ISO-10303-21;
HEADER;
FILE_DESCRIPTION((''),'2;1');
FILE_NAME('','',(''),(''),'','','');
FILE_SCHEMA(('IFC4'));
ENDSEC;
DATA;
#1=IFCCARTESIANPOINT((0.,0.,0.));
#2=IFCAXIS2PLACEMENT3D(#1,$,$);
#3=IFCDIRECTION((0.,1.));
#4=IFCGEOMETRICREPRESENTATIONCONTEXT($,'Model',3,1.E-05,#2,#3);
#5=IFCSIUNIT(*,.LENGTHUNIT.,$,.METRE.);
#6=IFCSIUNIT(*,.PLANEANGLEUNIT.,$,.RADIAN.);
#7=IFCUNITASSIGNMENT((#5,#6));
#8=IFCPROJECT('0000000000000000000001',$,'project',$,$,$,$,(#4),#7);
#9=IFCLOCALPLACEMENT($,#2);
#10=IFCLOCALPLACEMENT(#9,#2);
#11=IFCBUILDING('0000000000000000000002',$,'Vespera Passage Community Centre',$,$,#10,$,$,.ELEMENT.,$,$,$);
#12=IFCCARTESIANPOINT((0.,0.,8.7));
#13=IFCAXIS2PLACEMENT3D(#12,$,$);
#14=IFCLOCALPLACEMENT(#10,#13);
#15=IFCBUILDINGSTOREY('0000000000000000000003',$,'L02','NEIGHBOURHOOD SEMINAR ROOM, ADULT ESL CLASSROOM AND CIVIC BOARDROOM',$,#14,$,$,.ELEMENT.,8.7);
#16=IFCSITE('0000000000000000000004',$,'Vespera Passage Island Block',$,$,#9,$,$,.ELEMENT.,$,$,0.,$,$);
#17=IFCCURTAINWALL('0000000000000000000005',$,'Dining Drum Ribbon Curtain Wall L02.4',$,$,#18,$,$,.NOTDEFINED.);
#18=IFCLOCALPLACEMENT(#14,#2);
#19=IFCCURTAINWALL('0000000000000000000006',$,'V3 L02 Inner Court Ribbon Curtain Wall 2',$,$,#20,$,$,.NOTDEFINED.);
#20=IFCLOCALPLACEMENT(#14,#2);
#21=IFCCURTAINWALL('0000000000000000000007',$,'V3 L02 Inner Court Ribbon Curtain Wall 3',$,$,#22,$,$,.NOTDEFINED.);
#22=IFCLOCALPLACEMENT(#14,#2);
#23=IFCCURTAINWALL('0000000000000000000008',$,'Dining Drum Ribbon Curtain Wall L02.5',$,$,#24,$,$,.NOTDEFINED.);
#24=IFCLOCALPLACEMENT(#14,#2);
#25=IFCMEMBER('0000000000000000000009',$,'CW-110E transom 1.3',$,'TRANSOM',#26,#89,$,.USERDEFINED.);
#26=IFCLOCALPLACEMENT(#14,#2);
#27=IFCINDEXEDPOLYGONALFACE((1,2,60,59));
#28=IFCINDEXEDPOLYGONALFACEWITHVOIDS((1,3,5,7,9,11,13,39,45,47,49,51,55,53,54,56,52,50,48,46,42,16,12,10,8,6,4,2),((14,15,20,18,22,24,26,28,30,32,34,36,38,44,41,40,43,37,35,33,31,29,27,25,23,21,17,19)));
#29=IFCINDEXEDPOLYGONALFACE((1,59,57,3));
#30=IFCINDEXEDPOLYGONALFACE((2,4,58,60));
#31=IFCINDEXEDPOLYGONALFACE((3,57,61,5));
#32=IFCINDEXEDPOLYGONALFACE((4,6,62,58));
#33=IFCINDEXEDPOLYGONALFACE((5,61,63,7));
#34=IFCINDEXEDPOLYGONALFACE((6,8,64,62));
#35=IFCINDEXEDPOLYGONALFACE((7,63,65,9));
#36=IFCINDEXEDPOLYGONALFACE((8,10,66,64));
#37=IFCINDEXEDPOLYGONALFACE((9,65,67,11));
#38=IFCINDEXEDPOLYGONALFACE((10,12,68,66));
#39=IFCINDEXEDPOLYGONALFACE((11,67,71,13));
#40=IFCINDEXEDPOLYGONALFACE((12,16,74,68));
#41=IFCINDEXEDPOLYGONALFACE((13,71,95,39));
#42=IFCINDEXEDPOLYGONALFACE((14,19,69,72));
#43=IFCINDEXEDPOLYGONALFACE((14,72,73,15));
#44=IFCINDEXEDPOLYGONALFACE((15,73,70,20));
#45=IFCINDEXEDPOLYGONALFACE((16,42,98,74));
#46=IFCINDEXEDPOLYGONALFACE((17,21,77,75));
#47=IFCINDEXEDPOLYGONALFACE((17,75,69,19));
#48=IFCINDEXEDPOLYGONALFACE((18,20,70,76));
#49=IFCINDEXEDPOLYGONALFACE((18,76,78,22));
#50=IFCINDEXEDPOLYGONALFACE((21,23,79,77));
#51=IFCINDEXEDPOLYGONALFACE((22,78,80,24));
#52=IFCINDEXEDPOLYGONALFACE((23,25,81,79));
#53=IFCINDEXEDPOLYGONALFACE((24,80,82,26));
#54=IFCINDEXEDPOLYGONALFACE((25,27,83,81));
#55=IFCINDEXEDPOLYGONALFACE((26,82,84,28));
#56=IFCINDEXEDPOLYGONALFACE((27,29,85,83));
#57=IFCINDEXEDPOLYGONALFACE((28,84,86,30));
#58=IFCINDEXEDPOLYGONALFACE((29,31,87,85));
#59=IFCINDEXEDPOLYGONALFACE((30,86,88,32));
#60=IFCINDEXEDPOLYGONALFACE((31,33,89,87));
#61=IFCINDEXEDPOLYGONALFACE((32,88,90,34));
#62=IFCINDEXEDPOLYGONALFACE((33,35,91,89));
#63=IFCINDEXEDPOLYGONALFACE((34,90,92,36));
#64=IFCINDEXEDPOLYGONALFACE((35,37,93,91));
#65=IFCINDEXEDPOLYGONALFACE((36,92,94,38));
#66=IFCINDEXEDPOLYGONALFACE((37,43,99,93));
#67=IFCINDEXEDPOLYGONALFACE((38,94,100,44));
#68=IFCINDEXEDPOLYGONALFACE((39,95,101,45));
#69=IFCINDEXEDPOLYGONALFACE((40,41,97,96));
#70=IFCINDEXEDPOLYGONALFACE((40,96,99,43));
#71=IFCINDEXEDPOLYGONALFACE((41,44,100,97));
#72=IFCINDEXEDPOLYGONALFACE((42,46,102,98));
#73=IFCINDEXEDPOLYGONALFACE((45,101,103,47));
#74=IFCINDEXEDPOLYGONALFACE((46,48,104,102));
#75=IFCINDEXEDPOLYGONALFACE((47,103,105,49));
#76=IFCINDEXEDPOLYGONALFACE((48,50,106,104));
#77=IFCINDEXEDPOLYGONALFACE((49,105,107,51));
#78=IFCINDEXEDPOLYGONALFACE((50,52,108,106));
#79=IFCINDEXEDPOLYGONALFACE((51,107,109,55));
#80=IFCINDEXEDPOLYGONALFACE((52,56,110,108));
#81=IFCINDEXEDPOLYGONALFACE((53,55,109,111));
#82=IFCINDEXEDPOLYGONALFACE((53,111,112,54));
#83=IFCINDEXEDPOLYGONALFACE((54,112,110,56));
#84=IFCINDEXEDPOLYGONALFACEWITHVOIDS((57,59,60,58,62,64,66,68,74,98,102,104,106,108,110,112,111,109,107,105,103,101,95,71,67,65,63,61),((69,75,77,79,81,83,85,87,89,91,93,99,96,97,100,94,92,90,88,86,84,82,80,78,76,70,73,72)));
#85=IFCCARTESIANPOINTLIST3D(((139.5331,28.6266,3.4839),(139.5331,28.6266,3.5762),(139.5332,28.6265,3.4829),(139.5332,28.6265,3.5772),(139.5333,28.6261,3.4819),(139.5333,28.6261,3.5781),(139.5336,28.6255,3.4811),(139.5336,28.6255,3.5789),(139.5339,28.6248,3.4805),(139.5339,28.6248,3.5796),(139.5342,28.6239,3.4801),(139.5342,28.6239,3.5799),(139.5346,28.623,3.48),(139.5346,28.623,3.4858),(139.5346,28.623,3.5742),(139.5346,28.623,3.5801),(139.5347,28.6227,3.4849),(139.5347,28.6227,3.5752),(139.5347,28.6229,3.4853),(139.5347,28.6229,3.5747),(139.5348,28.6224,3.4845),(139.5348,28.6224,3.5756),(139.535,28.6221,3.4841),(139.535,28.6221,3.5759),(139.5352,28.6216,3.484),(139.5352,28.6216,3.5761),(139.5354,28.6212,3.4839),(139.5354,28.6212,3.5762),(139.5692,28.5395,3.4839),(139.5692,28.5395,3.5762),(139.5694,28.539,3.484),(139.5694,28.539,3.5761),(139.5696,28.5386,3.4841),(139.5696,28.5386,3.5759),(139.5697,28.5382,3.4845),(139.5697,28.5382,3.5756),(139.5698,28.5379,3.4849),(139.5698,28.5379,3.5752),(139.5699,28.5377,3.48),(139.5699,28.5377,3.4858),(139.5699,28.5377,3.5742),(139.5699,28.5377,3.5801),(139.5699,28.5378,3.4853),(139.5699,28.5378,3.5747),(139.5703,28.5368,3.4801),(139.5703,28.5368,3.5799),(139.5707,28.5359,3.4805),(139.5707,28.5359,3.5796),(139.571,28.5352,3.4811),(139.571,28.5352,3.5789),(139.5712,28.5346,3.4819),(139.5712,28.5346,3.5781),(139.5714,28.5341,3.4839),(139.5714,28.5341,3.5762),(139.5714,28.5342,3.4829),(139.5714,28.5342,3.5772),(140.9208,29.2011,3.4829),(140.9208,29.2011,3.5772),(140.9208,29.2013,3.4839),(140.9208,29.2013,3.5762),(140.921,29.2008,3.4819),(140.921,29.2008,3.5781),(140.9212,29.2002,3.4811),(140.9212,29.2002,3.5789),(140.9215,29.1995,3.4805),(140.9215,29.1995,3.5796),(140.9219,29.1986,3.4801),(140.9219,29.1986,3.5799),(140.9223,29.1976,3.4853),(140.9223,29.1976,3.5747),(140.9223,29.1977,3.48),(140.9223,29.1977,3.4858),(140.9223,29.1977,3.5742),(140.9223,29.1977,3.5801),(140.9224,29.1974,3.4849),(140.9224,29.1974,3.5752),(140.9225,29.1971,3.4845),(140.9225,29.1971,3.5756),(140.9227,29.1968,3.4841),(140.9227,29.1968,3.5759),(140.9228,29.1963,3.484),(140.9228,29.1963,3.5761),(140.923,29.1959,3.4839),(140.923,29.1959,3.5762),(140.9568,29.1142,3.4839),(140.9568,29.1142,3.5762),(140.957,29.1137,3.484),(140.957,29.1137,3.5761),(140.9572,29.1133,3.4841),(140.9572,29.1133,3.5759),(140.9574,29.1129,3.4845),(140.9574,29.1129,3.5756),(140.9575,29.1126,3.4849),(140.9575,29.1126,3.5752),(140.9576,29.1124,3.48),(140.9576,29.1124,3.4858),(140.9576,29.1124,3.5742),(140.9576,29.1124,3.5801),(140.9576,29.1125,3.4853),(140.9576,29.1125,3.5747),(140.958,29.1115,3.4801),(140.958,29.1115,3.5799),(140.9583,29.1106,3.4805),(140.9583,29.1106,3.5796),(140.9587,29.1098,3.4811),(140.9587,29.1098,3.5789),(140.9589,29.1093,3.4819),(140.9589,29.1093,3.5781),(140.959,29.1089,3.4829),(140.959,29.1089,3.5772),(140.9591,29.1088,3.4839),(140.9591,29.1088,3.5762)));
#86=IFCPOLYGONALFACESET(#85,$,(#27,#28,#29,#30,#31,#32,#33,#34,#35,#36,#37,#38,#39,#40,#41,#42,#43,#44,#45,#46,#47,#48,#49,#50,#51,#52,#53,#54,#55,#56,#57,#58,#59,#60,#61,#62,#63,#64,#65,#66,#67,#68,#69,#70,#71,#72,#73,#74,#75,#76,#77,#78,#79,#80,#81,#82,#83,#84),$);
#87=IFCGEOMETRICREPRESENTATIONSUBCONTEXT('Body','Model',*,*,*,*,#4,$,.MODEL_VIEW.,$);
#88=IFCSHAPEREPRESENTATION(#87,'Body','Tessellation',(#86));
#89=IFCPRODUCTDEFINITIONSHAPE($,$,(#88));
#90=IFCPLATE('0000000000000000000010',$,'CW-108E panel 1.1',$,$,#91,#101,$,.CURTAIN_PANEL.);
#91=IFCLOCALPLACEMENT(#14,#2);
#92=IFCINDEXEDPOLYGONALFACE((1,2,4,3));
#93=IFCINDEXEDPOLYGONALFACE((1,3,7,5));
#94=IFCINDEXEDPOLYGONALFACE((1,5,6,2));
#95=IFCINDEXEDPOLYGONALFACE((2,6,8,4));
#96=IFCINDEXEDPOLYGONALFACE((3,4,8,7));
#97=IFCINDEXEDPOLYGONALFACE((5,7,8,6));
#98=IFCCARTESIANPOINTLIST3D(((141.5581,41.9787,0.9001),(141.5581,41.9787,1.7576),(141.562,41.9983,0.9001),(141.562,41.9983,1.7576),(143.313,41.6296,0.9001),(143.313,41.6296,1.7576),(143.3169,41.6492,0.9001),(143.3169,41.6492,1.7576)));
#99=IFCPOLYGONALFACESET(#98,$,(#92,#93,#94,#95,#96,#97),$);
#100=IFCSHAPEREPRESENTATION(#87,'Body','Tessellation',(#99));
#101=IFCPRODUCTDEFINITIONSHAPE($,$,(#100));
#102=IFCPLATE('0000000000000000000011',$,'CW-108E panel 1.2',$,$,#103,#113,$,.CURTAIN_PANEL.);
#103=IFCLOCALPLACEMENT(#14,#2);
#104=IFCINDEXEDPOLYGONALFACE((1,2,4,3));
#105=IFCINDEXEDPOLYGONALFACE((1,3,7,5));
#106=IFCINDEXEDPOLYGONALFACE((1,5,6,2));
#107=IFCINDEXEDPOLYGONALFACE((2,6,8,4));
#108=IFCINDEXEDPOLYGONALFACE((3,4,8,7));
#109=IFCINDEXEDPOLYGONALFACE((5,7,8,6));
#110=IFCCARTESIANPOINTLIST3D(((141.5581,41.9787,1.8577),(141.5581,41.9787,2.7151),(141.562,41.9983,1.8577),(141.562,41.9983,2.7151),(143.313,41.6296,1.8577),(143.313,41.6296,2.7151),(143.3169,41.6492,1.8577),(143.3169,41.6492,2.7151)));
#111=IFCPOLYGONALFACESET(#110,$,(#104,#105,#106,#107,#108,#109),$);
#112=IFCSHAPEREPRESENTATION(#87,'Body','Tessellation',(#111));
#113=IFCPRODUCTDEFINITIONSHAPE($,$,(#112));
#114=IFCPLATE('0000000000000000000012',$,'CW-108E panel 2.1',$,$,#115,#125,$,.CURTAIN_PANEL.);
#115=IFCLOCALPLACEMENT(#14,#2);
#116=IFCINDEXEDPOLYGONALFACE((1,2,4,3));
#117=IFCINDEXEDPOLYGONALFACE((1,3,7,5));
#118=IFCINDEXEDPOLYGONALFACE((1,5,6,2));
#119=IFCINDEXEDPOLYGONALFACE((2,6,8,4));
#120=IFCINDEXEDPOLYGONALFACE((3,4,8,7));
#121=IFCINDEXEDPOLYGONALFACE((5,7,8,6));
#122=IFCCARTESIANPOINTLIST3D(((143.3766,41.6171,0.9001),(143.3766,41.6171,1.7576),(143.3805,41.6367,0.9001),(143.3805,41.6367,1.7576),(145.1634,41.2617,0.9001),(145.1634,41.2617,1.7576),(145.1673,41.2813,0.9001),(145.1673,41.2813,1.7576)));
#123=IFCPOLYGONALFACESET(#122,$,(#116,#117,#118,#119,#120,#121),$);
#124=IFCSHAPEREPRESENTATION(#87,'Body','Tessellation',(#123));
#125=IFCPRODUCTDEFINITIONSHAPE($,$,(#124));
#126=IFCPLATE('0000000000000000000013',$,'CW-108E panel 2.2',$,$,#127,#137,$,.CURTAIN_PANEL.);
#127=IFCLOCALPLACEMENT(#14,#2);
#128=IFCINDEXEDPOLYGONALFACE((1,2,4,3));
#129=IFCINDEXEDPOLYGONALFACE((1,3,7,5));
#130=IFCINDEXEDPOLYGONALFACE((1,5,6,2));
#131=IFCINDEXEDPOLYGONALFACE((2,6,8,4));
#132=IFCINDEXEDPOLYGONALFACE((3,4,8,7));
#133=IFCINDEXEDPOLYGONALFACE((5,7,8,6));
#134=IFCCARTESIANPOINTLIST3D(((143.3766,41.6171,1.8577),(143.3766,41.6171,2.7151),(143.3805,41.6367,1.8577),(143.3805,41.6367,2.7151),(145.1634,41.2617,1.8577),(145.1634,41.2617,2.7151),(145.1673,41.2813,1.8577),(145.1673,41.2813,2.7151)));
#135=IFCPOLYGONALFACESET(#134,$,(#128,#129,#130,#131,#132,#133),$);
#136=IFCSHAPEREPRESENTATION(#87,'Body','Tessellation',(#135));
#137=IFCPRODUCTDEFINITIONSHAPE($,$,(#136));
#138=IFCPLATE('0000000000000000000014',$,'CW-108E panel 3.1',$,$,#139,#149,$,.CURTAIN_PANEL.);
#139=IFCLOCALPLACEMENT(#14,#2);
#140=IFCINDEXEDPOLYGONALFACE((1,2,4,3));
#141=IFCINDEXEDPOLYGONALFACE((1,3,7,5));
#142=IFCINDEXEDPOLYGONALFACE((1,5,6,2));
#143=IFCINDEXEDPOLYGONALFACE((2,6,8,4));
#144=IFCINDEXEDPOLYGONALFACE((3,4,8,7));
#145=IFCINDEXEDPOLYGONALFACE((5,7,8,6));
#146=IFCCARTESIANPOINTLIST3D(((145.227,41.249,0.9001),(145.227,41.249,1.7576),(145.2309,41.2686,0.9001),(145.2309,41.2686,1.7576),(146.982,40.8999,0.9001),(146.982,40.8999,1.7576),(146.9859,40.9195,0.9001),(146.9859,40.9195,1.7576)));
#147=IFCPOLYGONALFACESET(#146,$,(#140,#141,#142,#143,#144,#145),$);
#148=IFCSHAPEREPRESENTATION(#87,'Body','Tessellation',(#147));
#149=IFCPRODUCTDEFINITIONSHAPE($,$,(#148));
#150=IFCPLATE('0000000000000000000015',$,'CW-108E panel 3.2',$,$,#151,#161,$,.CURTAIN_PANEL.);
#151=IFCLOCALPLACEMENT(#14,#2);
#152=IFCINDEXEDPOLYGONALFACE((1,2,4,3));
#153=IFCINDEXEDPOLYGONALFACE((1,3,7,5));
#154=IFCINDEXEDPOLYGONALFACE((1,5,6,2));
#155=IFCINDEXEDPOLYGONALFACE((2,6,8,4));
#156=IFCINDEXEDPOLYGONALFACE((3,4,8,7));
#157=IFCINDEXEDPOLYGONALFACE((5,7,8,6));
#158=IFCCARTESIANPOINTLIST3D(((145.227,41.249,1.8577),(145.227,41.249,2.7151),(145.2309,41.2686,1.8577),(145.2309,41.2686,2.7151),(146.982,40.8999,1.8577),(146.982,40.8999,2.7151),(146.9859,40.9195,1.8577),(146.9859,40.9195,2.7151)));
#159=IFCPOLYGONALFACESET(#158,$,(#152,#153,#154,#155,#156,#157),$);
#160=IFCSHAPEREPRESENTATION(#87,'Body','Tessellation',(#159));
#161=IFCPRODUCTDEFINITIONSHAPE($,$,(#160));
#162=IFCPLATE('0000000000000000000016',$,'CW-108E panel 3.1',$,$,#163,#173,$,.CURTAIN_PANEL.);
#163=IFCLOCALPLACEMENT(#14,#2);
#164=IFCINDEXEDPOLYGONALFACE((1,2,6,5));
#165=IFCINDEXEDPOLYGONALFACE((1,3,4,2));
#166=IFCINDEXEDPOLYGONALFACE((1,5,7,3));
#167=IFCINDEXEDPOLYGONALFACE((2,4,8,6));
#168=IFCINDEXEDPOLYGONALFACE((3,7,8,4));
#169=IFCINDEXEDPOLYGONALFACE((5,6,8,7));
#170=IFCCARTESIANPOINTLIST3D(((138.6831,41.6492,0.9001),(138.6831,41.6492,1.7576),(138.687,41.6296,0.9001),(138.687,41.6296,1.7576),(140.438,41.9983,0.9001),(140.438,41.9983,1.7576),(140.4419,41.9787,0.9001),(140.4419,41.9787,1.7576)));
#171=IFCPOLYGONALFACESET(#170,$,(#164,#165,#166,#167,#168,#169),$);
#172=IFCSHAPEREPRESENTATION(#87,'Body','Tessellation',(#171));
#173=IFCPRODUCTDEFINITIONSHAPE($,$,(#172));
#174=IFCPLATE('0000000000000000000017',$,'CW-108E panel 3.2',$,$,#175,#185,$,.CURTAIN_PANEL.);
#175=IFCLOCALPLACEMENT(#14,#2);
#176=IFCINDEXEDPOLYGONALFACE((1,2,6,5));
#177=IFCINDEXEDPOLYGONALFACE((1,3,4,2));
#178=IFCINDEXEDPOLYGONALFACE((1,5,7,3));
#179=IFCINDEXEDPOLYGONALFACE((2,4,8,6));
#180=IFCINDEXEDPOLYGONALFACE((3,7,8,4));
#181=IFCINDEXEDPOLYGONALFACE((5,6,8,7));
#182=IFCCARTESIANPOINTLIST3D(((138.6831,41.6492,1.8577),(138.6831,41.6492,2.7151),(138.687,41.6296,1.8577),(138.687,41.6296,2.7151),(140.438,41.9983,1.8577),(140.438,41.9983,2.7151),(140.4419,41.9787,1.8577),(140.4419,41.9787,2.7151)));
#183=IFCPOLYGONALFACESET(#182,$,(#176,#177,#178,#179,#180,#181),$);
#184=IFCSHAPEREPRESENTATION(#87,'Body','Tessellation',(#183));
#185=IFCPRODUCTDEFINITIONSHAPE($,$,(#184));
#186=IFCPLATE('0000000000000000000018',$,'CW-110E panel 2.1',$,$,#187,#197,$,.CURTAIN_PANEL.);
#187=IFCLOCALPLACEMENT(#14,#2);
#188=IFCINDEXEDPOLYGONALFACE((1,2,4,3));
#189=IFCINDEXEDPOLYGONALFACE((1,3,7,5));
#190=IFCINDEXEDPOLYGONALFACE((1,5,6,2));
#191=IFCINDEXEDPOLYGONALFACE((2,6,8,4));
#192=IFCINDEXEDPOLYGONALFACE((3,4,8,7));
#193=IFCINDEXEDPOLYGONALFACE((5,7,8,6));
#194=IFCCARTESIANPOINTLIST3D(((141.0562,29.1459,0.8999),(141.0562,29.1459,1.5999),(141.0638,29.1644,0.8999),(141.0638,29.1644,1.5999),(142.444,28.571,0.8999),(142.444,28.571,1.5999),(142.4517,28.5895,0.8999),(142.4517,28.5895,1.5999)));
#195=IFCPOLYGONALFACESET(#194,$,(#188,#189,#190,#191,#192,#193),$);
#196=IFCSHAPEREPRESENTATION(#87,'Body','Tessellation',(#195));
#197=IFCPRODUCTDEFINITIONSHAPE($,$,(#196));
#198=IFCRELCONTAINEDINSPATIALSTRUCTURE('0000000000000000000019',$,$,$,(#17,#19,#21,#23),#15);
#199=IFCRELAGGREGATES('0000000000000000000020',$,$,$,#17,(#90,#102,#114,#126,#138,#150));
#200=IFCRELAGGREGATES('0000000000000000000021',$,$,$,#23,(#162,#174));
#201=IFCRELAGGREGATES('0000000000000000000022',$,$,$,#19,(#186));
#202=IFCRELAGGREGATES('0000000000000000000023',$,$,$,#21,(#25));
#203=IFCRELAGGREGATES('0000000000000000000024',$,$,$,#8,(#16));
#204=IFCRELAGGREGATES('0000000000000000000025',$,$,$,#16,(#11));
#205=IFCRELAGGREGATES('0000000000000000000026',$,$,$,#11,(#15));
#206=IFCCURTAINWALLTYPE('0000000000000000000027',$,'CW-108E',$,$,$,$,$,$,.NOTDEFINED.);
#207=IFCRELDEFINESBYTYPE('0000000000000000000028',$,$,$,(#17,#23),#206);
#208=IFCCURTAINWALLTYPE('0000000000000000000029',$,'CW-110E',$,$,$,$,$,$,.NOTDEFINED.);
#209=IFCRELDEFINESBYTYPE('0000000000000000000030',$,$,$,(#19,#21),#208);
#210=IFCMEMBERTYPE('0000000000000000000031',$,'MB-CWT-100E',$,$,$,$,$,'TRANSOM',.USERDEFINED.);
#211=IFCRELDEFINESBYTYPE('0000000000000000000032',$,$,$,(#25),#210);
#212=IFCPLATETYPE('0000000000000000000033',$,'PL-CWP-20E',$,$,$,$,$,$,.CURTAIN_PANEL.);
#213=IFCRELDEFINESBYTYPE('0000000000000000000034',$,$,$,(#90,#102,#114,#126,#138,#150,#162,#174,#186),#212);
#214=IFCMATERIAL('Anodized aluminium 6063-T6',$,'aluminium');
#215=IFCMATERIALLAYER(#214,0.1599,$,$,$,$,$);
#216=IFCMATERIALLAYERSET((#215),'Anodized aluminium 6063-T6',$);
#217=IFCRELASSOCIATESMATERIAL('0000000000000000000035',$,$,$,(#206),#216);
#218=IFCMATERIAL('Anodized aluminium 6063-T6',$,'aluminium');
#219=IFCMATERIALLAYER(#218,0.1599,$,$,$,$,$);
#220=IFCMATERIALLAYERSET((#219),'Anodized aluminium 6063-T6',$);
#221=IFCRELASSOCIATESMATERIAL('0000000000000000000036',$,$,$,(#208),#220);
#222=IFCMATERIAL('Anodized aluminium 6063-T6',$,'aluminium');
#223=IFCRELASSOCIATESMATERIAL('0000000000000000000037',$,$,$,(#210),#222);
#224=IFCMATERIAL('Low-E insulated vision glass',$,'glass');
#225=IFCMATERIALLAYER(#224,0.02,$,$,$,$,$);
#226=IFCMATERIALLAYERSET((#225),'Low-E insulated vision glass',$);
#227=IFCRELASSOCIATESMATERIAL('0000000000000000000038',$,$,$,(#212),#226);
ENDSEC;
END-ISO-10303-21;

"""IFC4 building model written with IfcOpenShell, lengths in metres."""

from ifc_helpers import new_model, si_unit, direction, frame, origin, origin_2d, place, context, subcontext, project, spatial, rectangle, hollow_rectangle, extrude, material, layer, layer_set, material_profile, profile_set, type_object, element, aggregate, save


model = new_model("IFC4")

# Units and contexts
model_context = context("Model", 3, precision=1e-05, world=origin(), true_north=direction((0.0, 1.0)))
body_context = subcontext(model_context, "Body", "Model", "MODEL_VIEW")
ifc_project = project(units=[si_unit("LENGTHUNIT", "METRE"), si_unit("PLANEANGLEUNIT", "RADIAN")], contexts=[model_context])

# Site, building, storey
site_placement = place(None, origin())
site = spatial("IfcSite", under=ifc_project, at=site_placement, Name="Vespera Passage Island Block", CompositionType="ELEMENT", RefElevation=0.0)
building_placement = place(site_placement, origin())
building = spatial("IfcBuilding", under=site, at=building_placement, Name="Vespera Passage Community Centre", CompositionType="ELEMENT")
storey_placement = place(building_placement, frame((0.0, 0.0, 8.7)))
storey = spatial("IfcBuildingStorey", under=building, at=storey_placement, Name="L02", Description="NEIGHBOURHOOD SEMINAR ROOM, ADULT ESL CLASSROOM AND CIVIC BOARDROOM", CompositionType="ELEMENT", Elevation=8.7)

# Curtain wall
ifc_material_1 = material(Name="Anodized aluminium 6063-T6", Category="aluminium")
ifc_layer_1 = layer(ifc_material_1, 0.1599)
ifc_layer_set_1 = layer_set([ifc_layer_1], Name="Anodized aluminium 6063-T6")
curtain_wall_type_1 = type_object("IfcCurtainWallType", Name="CW-108E", PredefinedType="NOTDEFINED", material=ifc_layer_set_1)
curtain_wall_1_placement = place(storey_placement, origin())
curtain_wall_1 = element("IfcCurtainWall", 1, at=curtain_wall_1_placement, inside=storey, type_object=curtain_wall_type_1, Name="Dining Drum Ribbon Curtain Wall L02.4", PredefinedType="NOTDEFINED")

# Curtain walls
ifc_material_2 = material(Name="Anodized aluminium 6063-T6", Category="aluminium")
ifc_layer_2 = layer(ifc_material_2, 0.1599)
ifc_layer_set_2 = layer_set([ifc_layer_2], Name="Anodized aluminium 6063-T6")
curtain_wall_type_2 = type_object("IfcCurtainWallType", Name="CW-110E", PredefinedType="NOTDEFINED", material=ifc_layer_set_2)
curtain_wall_2_placement = place(storey_placement, origin())
curtain_wall_2 = element("IfcCurtainWall", 2, at=curtain_wall_2_placement, inside=storey, type_object=curtain_wall_type_2, Name="V3 L02 Inner Court Ribbon Curtain Wall 2", PredefinedType="NOTDEFINED")
curtain_wall_3_placement = place(storey_placement, origin())
curtain_wall_3 = element("IfcCurtainWall", 3, at=curtain_wall_3_placement, inside=storey, type_object=curtain_wall_type_2, Name="V3 L02 Inner Court Ribbon Curtain Wall 3", PredefinedType="NOTDEFINED")

# Shared definitions
ifc_material_3 = material(Name="Anodized aluminium 6063-T6", Category="aluminium")
ifc_material_profile_1 = material_profile(ifc_material_3, hollow_rectangle(XDim=0.1001, YDim=0.1001, WallThickness=0.0039, InnerFilletRadius=0.002, OuterFilletRadius=0.0039, at=origin_2d()), Name="ALU100X100X4")
ifc_profile_set_1 = profile_set([ifc_material_profile_1], Name="Anodized aluminium 6063-T6")
member_type_1 = type_object("IfcMemberType", Name="MB-CWT-100E", ElementType="TRANSOM", PredefinedType="USERDEFINED", material=ifc_profile_set_1)

# Curtain wall
curtain_wall_4_placement = place(storey_placement, origin())
curtain_wall_4 = element("IfcCurtainWall", 4, at=curtain_wall_4_placement, inside=storey, type_object=curtain_wall_type_1, Name="Dining Drum Ribbon Curtain Wall L02.5", PredefinedType="NOTDEFINED")

# Member
member_1_placement = place(storey_placement, frame((140.9399, 29.155, 3.53), z_axis=(-0.923902, -0.382629, 0.0), x_axis=(0.382629, -0.923902, 0.0)))
member_1 = element("IfcMember", 5, at=member_1_placement, type_object=member_type_1, Name="CW-110E transom 1.3", ObjectType="TRANSOM", PredefinedType="USERDEFINED", context=body_context, shape_type="SweptSolid", body=[
    extrude(hollow_rectangle(XDim=0.1001, YDim=0.1001, WallThickness=0.0039, InnerFilletRadius=0.002, OuterFilletRadius=0.0039, at=origin_2d()), origin(), (0.0, 0.0, 1.0), 1.502),
])

# Plates
ifc_material_4 = material(Name="Low-E insulated vision glass", Category="glass")
ifc_layer_3 = layer(ifc_material_4, 0.02)
ifc_layer_set_3 = layer_set([ifc_layer_3], Name="Low-E insulated vision glass")
plate_type = type_object("IfcPlateType", Name="PL-CWP-20E", PredefinedType="CURTAIN_PANEL", material=ifc_layer_set_3)
plate_1_placement = place(storey_placement, frame((142.4375, 41.814, 0.9001), z_axis=(0.0, 0.0, 1.0), x_axis=(0.980784, -0.195097, 0.0)))
plate_1 = element("IfcPlate", 6, at=plate_1_placement, type_object=plate_type, Name="CW-108E panel 1.1", PredefinedType="CURTAIN_PANEL", context=body_context, shape_type="SweptSolid", body=[
    extrude(rectangle(XDim=1.7893, YDim=0.02, at=origin_2d()), origin(), (0.0, 0.0, 1.0), 0.8574),
])
plate_2_placement = place(storey_placement, frame((142.4375, 41.814, 1.8577), z_axis=(0.0, 0.0, 1.0), x_axis=(0.980784, -0.195097, 0.0)))
plate_2 = element("IfcPlate", 7, at=plate_2_placement, type_object=plate_type, Name="CW-108E panel 1.2", PredefinedType="CURTAIN_PANEL", context=body_context, shape_type="SweptSolid", body=[
    extrude(rectangle(XDim=1.7893, YDim=0.02, at=origin_2d()), origin(), (0.0, 0.0, 1.0), 0.8574),
])
plate_3_placement = place(storey_placement, frame((144.272, 41.4492, 0.9001), z_axis=(0.0, 0.0, 1.0), x_axis=(0.980784, -0.195097, 0.0)))
plate_3 = element("IfcPlate", 8, at=plate_3_placement, type_object=plate_type, Name="CW-108E panel 2.1", PredefinedType="CURTAIN_PANEL", context=body_context, shape_type="SweptSolid", body=[
    extrude(rectangle(XDim=1.8218, YDim=0.02, at=origin_2d()), origin(), (0.0, 0.0, 1.0), 0.8574),
])
plate_4_placement = place(storey_placement, frame((144.272, 41.4492, 1.8577), z_axis=(0.0, 0.0, 1.0), x_axis=(0.980784, -0.195097, 0.0)))
plate_4 = element("IfcPlate", 9, at=plate_4_placement, type_object=plate_type, Name="CW-108E panel 2.2", PredefinedType="CURTAIN_PANEL", context=body_context, shape_type="SweptSolid", body=[
    extrude(rectangle(XDim=1.8218, YDim=0.02, at=origin_2d()), origin(), (0.0, 0.0, 1.0), 0.8574),
])
plate_5_placement = place(storey_placement, frame((146.1064, 41.0842, 0.9001), z_axis=(0.0, 0.0, 1.0), x_axis=(0.980784, -0.195097, 0.0)))
plate_5 = element("IfcPlate", 10, at=plate_5_placement, type_object=plate_type, Name="CW-108E panel 3.1", PredefinedType="CURTAIN_PANEL", context=body_context, shape_type="SweptSolid", body=[
    extrude(rectangle(XDim=1.7893, YDim=0.02, at=origin_2d()), origin(), (0.0, 0.0, 1.0), 0.8574),
])
plate_6_placement = place(storey_placement, frame((146.1064, 41.0842, 1.8577), z_axis=(0.0, 0.0, 1.0), x_axis=(0.980784, -0.195097, 0.0)))
plate_6 = element("IfcPlate", 11, at=plate_6_placement, type_object=plate_type, Name="CW-108E panel 3.2", PredefinedType="CURTAIN_PANEL", context=body_context, shape_type="SweptSolid", body=[
    extrude(rectangle(XDim=1.7893, YDim=0.02, at=origin_2d()), origin(), (0.0, 0.0, 1.0), 0.8574),
])
aggregate(curtain_wall_1, [plate_1, plate_2, plate_3, plate_4, plate_5, plate_6])
plate_7_placement = place(storey_placement, frame((139.5625, 41.814, 0.9001), z_axis=(0.0, 0.0, 1.0), x_axis=(0.980784, 0.195097, 0.0)))
plate_7 = element("IfcPlate", 12, at=plate_7_placement, type_object=plate_type, Name="CW-108E panel 3.1", PredefinedType="CURTAIN_PANEL", context=body_context, shape_type="SweptSolid", body=[
    extrude(rectangle(XDim=1.7893, YDim=0.02, at=origin_2d()), origin(), (0.0, 0.0, 1.0), 0.8574),
])
plate_8_placement = place(storey_placement, frame((139.5625, 41.814, 1.8577), z_axis=(0.0, 0.0, 1.0), x_axis=(0.980784, 0.195097, 0.0)))
plate_8 = element("IfcPlate", 13, at=plate_8_placement, type_object=plate_type, Name="CW-108E panel 3.2", PredefinedType="CURTAIN_PANEL", context=body_context, shape_type="SweptSolid", body=[
    extrude(rectangle(XDim=1.7893, YDim=0.02, at=origin_2d()), origin(), (0.0, 0.0, 1.0), 0.8574),
])
aggregate(curtain_wall_4, [plate_7, plate_8])
plate_9_placement = place(storey_placement, frame((141.7539, 28.8677, 0.8999), z_axis=(0.0, 0.0, 1.0), x_axis=(-0.923879, 0.382686, 0.0)))
plate_9 = element("IfcPlate", 14, at=plate_9_placement, type_object=plate_type, Name="CW-110E panel 2.1", PredefinedType="CURTAIN_PANEL", context=body_context, shape_type="SweptSolid", body=[
    extrude(rectangle(XDim=1.5022, YDim=0.02, at=origin_2d()), origin(), (0.0, 0.0, 1.0), 0.7),
])
aggregate(curtain_wall_2, [plate_9])
aggregate(curtain_wall_3, [member_1])

save(model, "model.ifc")
